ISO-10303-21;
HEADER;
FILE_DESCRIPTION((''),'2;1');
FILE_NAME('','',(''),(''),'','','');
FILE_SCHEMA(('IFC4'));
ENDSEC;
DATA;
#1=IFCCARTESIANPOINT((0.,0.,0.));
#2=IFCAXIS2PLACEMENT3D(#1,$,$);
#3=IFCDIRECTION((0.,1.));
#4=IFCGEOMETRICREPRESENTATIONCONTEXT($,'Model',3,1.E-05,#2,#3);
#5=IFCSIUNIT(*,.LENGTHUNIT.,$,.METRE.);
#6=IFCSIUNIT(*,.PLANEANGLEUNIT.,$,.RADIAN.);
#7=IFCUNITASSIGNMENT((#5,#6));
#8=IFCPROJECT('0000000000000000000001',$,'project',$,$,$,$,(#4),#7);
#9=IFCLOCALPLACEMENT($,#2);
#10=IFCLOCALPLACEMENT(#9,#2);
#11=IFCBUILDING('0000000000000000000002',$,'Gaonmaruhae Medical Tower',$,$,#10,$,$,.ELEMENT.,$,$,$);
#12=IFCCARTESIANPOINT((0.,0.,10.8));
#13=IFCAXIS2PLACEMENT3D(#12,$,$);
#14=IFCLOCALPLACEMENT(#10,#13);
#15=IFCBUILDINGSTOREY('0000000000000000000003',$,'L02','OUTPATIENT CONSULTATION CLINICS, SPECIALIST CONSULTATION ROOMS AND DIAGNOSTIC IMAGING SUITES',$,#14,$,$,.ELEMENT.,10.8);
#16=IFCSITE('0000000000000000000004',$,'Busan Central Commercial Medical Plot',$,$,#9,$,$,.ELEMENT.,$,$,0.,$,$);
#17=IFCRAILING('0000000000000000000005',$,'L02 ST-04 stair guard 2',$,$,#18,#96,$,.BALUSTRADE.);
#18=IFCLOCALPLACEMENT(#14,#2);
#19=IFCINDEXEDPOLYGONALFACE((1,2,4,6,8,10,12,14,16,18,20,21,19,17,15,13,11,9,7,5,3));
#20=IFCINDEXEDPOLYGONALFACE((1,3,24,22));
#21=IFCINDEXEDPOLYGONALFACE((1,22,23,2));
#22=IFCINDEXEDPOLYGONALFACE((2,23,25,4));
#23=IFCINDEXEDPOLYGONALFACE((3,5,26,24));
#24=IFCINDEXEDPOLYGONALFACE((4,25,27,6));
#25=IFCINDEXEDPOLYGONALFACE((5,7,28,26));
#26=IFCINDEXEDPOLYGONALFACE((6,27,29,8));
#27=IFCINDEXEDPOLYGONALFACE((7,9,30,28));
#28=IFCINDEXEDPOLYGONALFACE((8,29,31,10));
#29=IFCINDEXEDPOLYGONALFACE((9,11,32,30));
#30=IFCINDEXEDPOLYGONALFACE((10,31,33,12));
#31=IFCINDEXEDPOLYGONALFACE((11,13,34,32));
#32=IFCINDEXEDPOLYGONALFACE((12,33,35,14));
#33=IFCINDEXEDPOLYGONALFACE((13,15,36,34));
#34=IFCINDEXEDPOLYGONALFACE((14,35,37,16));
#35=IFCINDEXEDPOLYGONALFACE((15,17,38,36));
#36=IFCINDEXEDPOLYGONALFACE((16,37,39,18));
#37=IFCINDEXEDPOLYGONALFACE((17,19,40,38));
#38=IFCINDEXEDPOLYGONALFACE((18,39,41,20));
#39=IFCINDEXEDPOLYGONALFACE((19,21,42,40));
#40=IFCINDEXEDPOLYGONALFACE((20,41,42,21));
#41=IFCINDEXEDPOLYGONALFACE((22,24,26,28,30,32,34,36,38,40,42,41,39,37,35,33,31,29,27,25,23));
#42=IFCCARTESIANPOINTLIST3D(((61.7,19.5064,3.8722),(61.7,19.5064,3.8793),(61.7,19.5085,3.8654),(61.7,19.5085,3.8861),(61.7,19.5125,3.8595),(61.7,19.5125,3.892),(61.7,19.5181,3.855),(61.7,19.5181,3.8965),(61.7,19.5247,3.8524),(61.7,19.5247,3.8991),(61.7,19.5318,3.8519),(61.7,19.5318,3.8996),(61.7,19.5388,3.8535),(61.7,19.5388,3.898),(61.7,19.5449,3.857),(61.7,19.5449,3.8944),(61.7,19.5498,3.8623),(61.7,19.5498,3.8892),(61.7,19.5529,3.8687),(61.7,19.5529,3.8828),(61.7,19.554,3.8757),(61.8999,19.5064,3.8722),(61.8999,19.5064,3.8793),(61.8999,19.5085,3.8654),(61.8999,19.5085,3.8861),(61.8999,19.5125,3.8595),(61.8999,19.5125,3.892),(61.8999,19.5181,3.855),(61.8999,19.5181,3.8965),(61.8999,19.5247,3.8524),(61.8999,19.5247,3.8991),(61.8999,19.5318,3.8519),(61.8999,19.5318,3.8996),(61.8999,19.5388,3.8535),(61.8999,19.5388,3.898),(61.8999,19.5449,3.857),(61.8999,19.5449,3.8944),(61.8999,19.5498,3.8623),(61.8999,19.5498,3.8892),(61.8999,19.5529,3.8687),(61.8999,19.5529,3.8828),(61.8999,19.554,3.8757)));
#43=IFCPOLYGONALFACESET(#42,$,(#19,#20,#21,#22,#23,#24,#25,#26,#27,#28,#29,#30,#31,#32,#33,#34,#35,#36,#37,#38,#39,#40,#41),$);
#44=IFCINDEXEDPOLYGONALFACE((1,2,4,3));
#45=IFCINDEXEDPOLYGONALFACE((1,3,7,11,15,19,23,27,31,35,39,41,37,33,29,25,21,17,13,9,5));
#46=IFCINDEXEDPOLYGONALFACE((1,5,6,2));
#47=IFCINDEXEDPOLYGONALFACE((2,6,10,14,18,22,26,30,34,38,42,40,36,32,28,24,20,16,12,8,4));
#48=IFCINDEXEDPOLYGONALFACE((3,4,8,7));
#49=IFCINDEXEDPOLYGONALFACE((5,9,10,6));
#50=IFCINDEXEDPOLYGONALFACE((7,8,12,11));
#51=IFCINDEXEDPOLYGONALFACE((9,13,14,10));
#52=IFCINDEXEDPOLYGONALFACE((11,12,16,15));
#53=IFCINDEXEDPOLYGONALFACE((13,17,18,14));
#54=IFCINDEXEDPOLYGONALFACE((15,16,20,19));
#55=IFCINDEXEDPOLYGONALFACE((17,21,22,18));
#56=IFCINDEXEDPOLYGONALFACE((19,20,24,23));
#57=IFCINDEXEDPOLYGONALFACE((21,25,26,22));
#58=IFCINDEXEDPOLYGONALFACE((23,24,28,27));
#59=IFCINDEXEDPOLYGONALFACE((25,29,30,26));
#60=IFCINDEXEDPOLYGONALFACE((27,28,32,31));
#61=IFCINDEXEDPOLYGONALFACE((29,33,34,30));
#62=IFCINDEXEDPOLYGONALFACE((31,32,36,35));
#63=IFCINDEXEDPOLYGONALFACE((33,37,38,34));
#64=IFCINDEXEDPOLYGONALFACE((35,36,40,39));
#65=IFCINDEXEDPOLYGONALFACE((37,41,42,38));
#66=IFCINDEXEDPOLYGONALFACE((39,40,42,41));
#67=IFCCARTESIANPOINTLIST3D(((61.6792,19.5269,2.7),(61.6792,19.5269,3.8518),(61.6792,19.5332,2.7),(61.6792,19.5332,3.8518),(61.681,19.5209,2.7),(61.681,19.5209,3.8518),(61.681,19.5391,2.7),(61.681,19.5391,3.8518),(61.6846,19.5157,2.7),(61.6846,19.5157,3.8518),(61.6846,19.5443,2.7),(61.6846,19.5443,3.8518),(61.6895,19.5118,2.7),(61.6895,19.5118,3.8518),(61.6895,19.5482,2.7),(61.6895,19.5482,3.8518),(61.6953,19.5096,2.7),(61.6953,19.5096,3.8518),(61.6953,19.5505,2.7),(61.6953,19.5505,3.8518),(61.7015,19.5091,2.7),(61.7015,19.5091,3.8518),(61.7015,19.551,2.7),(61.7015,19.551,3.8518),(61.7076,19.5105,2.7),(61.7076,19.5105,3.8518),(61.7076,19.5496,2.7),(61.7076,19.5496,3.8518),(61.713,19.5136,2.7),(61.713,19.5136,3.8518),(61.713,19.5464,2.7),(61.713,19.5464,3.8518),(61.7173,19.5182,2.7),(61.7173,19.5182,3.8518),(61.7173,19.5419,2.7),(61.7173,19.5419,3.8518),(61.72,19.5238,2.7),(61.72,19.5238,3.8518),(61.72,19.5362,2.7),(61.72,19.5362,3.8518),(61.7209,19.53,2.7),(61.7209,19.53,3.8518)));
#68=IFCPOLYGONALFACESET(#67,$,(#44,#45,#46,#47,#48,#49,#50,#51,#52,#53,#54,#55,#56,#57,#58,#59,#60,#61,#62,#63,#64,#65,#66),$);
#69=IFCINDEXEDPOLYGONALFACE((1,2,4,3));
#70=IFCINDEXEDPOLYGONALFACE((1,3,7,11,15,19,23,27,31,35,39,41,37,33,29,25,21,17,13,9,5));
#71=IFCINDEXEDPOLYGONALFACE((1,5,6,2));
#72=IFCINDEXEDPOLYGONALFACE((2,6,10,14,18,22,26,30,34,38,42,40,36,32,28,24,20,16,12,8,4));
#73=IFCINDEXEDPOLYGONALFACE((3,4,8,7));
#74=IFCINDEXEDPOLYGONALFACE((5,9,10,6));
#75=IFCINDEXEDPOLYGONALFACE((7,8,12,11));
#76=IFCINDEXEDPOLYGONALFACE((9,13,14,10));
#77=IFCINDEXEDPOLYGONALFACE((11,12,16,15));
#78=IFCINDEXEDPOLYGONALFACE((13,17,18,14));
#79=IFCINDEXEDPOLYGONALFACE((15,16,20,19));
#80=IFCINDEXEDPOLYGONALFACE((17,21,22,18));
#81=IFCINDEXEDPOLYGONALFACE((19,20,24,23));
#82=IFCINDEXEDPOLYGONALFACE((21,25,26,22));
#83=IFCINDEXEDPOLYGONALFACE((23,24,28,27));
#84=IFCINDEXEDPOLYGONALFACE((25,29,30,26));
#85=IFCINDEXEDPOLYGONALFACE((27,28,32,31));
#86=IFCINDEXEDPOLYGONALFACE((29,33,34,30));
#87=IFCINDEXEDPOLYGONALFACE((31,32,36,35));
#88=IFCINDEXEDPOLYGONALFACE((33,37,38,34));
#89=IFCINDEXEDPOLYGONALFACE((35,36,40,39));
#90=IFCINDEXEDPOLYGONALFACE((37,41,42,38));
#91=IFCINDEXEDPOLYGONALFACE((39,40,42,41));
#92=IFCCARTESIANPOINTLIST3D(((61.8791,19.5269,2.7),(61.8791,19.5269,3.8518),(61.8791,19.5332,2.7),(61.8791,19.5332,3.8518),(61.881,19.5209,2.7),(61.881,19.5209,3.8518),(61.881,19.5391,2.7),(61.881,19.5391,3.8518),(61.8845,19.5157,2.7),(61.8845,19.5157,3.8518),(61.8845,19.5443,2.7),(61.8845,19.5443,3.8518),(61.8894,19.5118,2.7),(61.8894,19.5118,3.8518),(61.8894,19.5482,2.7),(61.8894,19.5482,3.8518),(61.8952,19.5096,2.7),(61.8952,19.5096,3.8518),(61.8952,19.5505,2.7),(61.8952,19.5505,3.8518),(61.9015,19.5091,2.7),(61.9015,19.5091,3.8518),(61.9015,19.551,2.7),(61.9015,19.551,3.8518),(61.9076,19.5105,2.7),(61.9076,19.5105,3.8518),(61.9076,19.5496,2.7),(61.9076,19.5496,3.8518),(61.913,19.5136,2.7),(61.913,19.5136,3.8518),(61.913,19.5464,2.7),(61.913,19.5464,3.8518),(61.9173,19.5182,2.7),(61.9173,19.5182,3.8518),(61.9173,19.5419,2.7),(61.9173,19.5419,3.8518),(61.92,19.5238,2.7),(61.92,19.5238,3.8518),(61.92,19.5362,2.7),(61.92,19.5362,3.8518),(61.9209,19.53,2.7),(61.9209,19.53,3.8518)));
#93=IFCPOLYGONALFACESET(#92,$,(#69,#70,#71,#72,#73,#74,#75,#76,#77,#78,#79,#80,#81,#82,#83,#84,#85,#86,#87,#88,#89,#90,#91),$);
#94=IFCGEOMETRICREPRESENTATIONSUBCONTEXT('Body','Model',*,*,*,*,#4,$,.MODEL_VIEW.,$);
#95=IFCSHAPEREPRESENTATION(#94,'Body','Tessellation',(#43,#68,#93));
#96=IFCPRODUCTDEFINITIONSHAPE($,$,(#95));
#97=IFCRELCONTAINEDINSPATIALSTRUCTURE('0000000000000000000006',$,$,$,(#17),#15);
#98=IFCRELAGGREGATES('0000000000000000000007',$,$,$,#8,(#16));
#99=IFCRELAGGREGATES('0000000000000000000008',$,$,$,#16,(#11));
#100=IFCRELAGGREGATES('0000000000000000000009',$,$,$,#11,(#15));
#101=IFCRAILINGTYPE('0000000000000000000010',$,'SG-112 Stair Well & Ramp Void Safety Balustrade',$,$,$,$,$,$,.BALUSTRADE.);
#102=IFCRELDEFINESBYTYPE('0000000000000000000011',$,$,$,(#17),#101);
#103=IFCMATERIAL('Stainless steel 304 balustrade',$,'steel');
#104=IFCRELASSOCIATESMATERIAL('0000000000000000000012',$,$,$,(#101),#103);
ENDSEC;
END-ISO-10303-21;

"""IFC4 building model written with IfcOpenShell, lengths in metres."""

from ifc_helpers import new_model, si_unit, direction, frame, origin, origin_2d, place, context, subcontext, project, spatial, circle, extrude, material, type_object, element, save


model = new_model("IFC4")

# Units and contexts
model_context = context("Model", 3, precision=1e-05, world=origin(), true_north=direction((0.0, 1.0)))
body_context = subcontext(model_context, "Body", "Model", "MODEL_VIEW")
ifc_project = project(units=[si_unit("LENGTHUNIT", "METRE"), si_unit("PLANEANGLEUNIT", "RADIAN")], contexts=[model_context])

# Site, building, storey
site_placement = place(None, origin())
site = spatial("IfcSite", under=ifc_project, at=site_placement, Name="Busan Central Commercial Medical Plot", CompositionType="ELEMENT", RefElevation=0.0)
building_placement = place(site_placement, origin())
building = spatial("IfcBuilding", under=site, at=building_placement, Name="Gaonmaruhae Medical Tower", CompositionType="ELEMENT")
storey_placement = place(building_placement, frame((0.0, 0.0, 10.8)))
storey = spatial("IfcBuildingStorey", under=building, at=storey_placement, Name="L02", Description="OUTPATIENT CONSULTATION CLINICS, SPECIALIST CONSULTATION ROOMS AND DIAGNOSTIC IMAGING SUITES", CompositionType="ELEMENT", Elevation=10.8)

# Railing
ifc_material_1 = material(Name="Stainless steel 304 balustrade", Category="steel")
railing_type_1 = type_object("IfcRailingType", Name="SG-112 Stair Well & Ramp Void Safety Balustrade", PredefinedType="BALUSTRADE", material=ifc_material_1)
railing_1_placement = place(storey_placement, frame((61.7, 19.53, 2.7)))
element("IfcRailing", 1, at=railing_1_placement, inside=storey, type_object=railing_type_1, Name="L02 ST-04 stair guard 2", PredefinedType="BALUSTRADE", context=body_context, shape_type="SweptSolid", body=[
    extrude(circle(Radius=0.0239, at=origin_2d()), frame((0.0, 0.0, 1.1758), z_axis=(1.0, 0.0, 0.0), x_axis=(0.0, 1.0, 0.0)), (0.0, 0.0, 1.0), 0.2),
    extrude(circle(Radius=0.021, at=origin_2d()), origin(), (0.0, 0.0, 1.0), 1.1519),
    extrude(circle(Radius=0.021, at=origin_2d()), frame((0.2, 0.0, 0.0)), (0.0, 0.0, 1.0), 1.1519),
])

save(model, "model.ifc")
